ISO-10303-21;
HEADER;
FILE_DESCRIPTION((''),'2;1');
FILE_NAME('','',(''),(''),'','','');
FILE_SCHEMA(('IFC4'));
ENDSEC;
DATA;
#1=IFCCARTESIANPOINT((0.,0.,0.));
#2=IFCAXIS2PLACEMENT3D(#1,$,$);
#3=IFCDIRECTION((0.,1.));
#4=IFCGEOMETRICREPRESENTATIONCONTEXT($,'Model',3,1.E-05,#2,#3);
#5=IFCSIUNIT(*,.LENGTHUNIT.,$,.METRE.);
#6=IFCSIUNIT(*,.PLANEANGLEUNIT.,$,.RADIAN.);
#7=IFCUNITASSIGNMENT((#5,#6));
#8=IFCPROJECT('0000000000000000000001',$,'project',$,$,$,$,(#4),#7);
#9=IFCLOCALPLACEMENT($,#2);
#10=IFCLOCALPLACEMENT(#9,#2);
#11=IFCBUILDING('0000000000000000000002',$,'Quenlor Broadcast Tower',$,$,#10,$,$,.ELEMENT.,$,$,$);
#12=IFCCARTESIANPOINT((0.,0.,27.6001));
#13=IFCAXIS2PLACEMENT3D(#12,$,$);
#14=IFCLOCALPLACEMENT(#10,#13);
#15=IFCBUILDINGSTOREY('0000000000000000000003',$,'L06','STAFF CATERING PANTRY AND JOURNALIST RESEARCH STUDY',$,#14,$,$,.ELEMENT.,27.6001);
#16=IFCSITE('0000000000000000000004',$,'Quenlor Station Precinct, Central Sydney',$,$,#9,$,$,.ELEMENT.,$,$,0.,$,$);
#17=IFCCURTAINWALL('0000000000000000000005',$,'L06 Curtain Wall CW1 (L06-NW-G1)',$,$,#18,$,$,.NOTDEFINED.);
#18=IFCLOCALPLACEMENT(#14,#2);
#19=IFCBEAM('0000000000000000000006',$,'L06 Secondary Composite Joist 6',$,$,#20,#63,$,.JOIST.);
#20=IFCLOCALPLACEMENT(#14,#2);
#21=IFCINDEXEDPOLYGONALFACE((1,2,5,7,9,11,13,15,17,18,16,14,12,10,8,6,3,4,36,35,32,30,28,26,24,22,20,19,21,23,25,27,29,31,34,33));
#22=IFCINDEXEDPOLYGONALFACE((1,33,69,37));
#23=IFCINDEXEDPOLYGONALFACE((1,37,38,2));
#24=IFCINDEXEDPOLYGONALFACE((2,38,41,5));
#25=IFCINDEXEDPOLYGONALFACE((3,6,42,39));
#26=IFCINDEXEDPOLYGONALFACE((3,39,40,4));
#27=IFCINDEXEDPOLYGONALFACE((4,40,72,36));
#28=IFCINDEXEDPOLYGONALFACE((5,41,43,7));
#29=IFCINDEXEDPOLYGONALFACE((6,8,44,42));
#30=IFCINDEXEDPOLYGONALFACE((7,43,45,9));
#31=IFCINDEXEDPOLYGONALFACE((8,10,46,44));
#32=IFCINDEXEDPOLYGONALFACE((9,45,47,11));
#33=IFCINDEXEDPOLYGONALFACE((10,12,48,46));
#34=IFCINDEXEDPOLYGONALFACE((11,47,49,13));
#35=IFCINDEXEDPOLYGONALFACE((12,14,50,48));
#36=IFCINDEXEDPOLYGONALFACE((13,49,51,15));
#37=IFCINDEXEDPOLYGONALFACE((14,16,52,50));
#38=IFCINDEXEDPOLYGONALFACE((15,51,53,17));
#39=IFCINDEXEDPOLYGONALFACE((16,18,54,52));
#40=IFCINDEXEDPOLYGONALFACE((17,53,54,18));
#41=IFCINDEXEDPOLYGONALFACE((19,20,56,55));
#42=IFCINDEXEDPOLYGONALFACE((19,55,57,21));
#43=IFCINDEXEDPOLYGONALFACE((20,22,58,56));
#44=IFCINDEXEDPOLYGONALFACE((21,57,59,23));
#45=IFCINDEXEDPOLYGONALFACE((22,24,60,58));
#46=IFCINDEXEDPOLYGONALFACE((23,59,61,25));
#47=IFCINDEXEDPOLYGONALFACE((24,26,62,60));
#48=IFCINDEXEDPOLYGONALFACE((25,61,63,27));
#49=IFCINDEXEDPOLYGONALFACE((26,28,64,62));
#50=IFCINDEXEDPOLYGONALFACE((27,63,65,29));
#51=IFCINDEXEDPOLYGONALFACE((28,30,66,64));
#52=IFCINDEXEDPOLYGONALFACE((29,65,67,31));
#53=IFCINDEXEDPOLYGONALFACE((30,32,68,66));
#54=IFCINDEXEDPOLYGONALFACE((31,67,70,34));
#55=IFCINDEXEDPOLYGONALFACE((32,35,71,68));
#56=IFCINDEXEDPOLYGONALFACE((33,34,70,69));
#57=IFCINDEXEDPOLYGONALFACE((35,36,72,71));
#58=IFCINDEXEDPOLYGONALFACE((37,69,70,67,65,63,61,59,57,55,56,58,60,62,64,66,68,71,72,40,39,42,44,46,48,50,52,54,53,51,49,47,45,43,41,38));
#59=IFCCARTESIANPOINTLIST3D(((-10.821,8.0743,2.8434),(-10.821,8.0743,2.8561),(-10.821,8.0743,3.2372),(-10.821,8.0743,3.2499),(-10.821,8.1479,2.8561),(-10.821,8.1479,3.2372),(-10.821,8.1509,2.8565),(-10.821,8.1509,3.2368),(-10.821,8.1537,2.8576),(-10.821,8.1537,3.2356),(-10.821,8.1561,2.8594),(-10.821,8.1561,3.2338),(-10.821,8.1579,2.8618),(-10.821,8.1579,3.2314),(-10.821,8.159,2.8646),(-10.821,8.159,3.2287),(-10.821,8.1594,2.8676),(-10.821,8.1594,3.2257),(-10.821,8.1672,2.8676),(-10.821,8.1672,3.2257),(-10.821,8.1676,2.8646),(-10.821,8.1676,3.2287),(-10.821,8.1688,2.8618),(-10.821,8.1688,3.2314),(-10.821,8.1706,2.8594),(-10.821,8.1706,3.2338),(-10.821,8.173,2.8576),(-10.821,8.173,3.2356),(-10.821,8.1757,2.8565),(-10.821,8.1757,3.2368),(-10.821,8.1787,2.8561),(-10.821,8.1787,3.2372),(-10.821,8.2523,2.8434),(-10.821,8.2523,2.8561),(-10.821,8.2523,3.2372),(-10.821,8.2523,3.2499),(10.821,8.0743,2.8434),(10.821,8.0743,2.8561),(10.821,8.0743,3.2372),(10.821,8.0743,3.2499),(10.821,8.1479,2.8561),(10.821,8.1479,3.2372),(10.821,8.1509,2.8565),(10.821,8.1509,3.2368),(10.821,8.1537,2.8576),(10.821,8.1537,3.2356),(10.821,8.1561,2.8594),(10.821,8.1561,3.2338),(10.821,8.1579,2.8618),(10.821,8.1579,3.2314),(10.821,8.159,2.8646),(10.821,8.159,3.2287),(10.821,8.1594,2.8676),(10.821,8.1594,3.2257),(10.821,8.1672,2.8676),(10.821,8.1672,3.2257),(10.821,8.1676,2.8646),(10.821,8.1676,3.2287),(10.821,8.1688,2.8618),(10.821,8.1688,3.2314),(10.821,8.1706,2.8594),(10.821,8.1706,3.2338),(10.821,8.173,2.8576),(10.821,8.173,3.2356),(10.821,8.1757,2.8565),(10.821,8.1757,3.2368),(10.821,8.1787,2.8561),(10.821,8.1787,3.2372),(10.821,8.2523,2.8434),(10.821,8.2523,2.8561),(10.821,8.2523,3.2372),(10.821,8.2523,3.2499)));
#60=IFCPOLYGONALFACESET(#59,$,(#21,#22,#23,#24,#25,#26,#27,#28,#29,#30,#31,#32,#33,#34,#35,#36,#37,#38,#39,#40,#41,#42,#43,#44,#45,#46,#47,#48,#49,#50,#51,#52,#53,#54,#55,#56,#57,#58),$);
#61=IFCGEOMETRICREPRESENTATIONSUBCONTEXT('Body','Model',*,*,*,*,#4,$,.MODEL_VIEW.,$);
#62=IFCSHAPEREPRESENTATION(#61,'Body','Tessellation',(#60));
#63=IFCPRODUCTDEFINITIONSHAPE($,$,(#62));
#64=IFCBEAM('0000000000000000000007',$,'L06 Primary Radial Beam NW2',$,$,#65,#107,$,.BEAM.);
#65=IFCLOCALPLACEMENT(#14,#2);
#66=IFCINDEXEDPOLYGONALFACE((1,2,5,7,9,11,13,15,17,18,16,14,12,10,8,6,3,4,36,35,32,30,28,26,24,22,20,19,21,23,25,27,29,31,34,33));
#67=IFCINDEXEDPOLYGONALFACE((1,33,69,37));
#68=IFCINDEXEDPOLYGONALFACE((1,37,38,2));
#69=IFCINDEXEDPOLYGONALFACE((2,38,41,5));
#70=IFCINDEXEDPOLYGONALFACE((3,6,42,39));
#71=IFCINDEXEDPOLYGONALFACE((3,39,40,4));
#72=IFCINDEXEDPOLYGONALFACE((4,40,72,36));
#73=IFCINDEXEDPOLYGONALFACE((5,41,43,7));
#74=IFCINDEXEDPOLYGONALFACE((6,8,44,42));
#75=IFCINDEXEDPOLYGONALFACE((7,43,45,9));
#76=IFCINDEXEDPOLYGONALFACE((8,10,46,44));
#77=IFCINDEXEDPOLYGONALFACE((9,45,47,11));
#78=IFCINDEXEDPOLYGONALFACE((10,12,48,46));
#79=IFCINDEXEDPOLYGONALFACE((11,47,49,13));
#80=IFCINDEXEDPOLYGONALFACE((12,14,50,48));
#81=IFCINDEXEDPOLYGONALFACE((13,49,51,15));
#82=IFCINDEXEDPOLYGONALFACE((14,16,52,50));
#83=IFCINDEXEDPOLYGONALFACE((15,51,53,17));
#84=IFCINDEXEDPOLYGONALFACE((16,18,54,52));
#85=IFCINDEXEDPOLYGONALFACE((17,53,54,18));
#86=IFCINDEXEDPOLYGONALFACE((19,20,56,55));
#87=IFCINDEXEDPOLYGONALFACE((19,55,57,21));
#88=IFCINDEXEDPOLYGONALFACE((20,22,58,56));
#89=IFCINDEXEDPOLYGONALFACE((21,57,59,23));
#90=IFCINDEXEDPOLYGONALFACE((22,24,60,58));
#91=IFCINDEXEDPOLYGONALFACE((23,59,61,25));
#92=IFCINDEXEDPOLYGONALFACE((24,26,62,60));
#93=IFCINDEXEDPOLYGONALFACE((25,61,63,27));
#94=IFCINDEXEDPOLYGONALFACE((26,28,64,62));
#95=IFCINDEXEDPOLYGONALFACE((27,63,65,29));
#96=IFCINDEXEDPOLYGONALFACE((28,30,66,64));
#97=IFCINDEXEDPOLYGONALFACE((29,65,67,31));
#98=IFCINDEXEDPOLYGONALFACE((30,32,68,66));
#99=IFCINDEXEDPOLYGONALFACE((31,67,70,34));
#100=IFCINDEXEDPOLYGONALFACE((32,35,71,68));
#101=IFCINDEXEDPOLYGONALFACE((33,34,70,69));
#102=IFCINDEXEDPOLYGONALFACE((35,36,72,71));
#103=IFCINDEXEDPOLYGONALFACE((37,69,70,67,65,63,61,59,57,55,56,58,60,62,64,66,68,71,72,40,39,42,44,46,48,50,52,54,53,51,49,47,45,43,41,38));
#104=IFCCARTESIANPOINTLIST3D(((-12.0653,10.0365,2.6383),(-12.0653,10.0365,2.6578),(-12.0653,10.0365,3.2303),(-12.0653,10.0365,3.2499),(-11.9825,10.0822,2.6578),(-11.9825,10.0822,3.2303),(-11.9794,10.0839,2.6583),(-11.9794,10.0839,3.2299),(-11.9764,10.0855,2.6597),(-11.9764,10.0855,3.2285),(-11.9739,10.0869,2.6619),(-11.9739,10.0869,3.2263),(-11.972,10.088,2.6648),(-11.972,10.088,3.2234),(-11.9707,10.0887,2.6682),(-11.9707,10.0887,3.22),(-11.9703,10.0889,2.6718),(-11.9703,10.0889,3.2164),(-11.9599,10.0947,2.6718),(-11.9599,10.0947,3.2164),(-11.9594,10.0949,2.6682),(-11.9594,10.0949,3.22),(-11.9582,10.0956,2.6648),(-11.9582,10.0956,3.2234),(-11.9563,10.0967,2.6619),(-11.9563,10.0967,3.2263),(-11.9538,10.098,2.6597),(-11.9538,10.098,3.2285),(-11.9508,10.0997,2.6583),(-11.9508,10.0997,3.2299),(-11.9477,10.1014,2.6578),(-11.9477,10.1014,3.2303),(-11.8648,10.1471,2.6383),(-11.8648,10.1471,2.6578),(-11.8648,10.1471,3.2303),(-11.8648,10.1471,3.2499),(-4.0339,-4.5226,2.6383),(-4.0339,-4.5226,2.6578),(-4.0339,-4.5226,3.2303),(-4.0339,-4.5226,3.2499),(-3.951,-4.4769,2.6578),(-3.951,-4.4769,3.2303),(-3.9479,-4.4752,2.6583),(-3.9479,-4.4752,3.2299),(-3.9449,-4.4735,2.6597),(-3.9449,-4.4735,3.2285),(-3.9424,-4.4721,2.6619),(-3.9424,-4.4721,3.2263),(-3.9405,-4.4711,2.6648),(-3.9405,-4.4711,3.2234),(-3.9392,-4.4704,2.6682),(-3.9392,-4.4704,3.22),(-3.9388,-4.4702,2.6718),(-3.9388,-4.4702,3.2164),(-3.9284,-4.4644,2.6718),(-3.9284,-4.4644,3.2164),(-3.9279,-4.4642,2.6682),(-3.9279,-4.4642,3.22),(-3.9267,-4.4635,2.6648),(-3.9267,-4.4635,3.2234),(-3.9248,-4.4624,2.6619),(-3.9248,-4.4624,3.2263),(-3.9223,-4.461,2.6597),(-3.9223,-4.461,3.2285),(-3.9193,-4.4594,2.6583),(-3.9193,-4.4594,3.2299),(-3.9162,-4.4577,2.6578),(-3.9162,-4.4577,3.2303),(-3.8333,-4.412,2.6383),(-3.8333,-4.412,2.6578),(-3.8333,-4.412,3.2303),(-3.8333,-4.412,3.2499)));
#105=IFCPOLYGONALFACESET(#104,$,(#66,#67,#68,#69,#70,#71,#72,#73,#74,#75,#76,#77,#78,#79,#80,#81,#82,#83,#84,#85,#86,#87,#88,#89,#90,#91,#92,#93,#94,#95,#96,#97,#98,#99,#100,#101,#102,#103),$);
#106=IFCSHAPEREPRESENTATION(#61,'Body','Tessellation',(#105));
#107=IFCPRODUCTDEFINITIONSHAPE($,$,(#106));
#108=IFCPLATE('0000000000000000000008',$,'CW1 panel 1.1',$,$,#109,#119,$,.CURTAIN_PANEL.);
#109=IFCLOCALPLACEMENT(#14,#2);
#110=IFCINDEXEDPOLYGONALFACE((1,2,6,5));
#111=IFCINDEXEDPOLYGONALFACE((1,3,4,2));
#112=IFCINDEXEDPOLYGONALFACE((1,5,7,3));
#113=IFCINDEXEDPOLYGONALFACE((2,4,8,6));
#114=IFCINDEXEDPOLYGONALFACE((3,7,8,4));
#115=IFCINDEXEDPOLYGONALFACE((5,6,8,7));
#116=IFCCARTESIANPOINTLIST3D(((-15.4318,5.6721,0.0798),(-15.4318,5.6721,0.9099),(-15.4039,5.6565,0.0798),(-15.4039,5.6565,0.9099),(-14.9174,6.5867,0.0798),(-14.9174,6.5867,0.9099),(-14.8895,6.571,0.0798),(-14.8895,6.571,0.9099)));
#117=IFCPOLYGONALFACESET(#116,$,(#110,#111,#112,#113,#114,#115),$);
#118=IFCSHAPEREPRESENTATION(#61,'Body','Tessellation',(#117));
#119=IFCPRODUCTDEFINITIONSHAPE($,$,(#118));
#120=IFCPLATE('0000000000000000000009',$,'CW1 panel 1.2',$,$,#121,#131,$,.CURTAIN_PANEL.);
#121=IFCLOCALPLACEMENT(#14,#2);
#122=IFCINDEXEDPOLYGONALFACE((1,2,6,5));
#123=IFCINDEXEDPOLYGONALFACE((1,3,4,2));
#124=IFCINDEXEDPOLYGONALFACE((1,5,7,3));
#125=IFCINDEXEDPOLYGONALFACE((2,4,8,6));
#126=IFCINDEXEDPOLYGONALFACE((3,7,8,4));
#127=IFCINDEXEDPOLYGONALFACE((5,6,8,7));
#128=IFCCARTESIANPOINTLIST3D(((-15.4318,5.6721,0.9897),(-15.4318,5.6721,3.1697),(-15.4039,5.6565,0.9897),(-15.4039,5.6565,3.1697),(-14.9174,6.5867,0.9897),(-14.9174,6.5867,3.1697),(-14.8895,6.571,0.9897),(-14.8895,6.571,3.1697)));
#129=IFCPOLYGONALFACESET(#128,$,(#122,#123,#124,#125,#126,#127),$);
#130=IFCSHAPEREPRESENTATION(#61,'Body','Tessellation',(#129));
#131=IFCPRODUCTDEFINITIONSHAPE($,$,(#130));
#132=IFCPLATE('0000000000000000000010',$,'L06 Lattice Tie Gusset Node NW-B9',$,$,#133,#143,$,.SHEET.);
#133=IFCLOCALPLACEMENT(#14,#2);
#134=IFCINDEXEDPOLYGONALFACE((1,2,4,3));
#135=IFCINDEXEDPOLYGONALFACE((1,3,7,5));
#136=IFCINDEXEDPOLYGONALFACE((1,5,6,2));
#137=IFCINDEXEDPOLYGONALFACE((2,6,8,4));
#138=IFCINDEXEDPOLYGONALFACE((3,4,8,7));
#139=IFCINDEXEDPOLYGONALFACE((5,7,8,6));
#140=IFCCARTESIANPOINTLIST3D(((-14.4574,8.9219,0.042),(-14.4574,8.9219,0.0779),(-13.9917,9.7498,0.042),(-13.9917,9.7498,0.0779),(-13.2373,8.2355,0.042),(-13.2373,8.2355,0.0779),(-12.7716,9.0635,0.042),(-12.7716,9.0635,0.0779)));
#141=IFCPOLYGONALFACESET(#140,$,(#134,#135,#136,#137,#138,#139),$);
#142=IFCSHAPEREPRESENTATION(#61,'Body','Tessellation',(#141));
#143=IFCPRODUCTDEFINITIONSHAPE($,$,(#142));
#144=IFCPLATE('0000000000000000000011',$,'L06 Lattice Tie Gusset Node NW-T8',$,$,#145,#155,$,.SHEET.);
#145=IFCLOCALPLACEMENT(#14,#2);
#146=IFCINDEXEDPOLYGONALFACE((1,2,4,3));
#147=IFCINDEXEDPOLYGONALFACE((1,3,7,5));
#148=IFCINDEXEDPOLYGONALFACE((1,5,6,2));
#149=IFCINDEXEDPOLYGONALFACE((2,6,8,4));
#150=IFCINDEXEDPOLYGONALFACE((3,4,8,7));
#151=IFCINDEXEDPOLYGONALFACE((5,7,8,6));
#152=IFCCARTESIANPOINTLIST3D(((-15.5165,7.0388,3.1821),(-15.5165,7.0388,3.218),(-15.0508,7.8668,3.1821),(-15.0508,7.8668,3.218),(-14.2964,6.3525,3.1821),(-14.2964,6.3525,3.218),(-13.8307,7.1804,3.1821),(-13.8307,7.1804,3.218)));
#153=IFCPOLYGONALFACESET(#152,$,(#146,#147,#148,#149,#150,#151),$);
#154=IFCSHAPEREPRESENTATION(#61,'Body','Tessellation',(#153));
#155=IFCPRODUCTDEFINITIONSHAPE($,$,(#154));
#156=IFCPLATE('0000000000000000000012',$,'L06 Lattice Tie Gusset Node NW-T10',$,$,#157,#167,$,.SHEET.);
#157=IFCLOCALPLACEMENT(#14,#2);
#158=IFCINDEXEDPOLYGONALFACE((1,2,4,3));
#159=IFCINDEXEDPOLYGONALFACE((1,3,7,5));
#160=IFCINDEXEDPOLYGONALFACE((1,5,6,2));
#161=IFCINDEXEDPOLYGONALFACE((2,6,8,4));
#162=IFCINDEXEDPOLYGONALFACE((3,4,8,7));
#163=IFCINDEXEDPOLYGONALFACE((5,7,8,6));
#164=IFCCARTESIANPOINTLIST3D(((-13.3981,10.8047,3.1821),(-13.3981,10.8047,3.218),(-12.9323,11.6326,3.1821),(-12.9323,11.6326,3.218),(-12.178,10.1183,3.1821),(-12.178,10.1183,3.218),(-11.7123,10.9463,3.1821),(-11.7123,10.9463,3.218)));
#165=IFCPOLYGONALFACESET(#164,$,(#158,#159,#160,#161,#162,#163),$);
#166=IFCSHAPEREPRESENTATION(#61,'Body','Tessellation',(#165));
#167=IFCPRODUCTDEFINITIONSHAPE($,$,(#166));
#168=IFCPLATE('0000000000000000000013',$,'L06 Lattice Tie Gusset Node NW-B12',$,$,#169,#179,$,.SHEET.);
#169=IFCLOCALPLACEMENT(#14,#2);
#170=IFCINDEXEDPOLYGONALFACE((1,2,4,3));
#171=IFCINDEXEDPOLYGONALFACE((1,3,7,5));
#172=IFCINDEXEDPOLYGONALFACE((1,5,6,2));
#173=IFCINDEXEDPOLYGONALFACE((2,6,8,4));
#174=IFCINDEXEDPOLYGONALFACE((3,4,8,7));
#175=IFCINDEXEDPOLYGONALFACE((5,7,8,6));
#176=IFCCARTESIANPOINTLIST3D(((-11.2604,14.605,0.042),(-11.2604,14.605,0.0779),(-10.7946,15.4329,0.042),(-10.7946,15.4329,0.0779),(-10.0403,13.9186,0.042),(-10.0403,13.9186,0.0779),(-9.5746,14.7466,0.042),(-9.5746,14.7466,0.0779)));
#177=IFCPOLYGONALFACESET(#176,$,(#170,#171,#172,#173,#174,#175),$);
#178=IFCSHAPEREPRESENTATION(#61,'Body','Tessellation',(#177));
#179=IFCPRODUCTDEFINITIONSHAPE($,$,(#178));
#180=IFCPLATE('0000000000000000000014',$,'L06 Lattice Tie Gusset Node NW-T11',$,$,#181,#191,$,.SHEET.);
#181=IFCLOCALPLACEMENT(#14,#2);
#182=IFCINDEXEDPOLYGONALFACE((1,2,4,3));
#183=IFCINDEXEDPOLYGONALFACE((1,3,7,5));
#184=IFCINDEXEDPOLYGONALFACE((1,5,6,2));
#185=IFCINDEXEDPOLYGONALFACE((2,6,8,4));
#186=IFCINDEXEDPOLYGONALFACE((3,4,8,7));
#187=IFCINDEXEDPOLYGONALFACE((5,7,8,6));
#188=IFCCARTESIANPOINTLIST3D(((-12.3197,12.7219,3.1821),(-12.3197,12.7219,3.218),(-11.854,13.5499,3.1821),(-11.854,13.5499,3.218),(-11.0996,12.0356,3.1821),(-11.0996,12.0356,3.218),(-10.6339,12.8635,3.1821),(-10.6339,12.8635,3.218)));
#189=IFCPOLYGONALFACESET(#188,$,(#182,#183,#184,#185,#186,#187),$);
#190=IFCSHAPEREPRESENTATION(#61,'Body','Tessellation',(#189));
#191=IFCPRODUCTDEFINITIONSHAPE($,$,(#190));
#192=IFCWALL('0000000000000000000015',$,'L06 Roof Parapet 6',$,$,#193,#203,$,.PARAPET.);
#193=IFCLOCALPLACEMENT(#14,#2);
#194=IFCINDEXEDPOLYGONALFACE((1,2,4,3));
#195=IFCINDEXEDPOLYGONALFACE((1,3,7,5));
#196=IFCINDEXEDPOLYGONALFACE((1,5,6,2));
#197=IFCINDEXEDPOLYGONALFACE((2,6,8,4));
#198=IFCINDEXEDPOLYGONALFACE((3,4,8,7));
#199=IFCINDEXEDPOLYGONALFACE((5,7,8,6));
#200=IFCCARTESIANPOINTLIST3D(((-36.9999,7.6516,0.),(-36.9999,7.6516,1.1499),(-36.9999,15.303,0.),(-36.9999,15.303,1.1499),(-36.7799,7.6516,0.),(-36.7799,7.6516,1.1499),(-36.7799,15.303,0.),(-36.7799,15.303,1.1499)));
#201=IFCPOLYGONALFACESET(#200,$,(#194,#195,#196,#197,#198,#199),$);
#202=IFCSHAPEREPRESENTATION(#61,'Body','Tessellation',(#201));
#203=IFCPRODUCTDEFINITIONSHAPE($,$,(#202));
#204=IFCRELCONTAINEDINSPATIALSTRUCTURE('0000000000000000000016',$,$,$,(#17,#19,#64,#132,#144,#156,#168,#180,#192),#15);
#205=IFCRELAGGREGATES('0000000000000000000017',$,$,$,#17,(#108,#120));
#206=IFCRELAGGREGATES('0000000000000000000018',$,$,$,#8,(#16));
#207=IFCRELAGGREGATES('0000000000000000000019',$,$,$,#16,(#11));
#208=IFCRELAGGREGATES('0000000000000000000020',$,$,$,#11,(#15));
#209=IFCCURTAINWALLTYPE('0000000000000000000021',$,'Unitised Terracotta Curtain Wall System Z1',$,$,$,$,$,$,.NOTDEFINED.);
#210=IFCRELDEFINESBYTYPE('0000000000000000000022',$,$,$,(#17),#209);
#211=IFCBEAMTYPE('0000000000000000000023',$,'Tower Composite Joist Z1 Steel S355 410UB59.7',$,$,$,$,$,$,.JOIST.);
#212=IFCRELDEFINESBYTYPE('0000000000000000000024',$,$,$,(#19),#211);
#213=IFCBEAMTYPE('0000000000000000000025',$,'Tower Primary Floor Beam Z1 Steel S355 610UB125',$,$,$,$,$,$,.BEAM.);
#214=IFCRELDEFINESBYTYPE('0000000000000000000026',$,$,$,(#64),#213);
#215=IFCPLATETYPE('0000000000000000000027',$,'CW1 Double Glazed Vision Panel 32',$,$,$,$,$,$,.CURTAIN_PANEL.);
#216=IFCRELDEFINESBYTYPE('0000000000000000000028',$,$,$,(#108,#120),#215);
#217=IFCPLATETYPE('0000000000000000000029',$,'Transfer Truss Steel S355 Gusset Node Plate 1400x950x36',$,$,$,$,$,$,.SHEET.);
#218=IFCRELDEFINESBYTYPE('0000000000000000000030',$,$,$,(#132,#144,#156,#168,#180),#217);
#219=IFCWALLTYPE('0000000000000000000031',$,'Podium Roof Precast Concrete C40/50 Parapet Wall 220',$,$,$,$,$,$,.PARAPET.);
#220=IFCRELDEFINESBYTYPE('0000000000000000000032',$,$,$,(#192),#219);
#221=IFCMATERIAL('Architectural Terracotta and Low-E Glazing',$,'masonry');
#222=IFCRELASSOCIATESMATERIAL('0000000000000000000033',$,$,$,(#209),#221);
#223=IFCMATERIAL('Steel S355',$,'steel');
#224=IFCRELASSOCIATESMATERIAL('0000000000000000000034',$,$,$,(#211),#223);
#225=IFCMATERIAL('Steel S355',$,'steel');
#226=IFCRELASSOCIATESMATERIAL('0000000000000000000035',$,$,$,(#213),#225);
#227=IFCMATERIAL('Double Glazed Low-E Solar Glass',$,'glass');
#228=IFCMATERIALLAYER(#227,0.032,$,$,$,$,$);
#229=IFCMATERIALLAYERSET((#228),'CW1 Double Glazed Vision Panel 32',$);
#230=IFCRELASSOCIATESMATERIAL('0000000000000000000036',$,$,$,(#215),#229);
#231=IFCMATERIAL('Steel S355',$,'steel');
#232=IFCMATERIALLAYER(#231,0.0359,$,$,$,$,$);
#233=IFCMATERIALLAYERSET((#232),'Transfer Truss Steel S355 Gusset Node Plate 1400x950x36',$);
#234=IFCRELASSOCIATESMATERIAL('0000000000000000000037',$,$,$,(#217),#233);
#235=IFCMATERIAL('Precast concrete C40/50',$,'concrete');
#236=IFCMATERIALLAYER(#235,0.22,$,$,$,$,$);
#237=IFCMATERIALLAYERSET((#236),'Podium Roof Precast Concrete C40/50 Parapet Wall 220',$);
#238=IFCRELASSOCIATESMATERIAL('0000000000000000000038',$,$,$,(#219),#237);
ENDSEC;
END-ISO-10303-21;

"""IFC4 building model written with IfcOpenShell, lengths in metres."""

from ifc_helpers import new_model, si_unit, direction, frame, frame_2d, origin, origin_2d, place, context, subcontext, project, spatial, rectangle, i_section, extrude, material, layer, layer_set, material_profile, profile_set, type_object, element, aggregate, save


model = new_model("IFC4")

# Units and contexts
model_context = context("Model", 3, precision=1e-05, world=origin(), true_north=direction((0.0, 1.0)))
body_context = subcontext(model_context, "Body", "Model", "MODEL_VIEW")
ifc_project = project(units=[si_unit("LENGTHUNIT", "METRE"), si_unit("PLANEANGLEUNIT", "RADIAN")], contexts=[model_context])

# Site, building, storey
site_placement = place(None, origin())
site = spatial("IfcSite", under=ifc_project, at=site_placement, Name="Quenlor Station Precinct, Central Sydney", CompositionType="ELEMENT", RefElevation=0.0)
building_placement = place(site_placement, origin())
building = spatial("IfcBuilding", under=site, at=building_placement, Name="Quenlor Broadcast Tower", CompositionType="ELEMENT")
storey_placement = place(building_placement, frame((0.0, 0.0, 27.6001)))
storey = spatial("IfcBuildingStorey", under=building, at=storey_placement, Name="L06", Description="STAFF CATERING PANTRY AND JOURNALIST RESEARCH STUDY", CompositionType="ELEMENT", Elevation=27.6001)

# Curtain wall
ifc_material_1 = material(Name="Architectural Terracotta and Low-E Glazing", Category="masonry")
curtain_wall_type = type_object("IfcCurtainWallType", Name="Unitised Terracotta Curtain Wall System Z1", PredefinedType="NOTDEFINED", material=ifc_material_1)
curtain_wall_placement = place(storey_placement, origin())
curtain_wall = element("IfcCurtainWall", 1, at=curtain_wall_placement, inside=storey, type_object=curtain_wall_type, Name="L06 Curtain Wall CW1 (L06-NW-G1)", PredefinedType="NOTDEFINED")

# Beams
ifc_material_2 = material(Name="Steel S355", Category="steel")
ifc_material_profile_1 = material_profile(ifc_material_2, i_section(OverallWidth=0.178, OverallDepth=0.4065, WebThickness=0.0078, FlangeThickness=0.0127, FilletRadius=0.0115, at=origin_2d()))
ifc_profile_set_1 = profile_set([ifc_material_profile_1], Name="Steel S355 410UB59.7")
beam_type_1 = type_object("IfcBeamType", Name="Tower Composite Joist Z1 Steel S355 410UB59.7", PredefinedType="JOIST", material=ifc_profile_set_1)
beam_1_placement = place(storey_placement, frame((-10.821, 8.1633, 3.0466), z_axis=(1.0, 0.0, 0.0), x_axis=(0.0, 1.0, 0.0)))
element("IfcBeam", 2, at=beam_1_placement, inside=storey, type_object=beam_type_1, Name="L06 Secondary Composite Joist 6", PredefinedType="JOIST", context=body_context, shape_type="SweptSolid", body=[
    extrude(i_section(OverallWidth=0.178, OverallDepth=0.4065, WebThickness=0.0078, FlangeThickness=0.0127, FilletRadius=0.0115, at=origin_2d()), origin(), (0.0, 0.0, 1.0), 21.6421),
])
ifc_material_3 = material(Name="Steel S355", Category="steel")
ifc_material_profile_2 = material_profile(ifc_material_3, i_section(OverallWidth=0.229, OverallDepth=0.6116, WebThickness=0.012, FlangeThickness=0.0195, FilletRadius=0.0139, at=origin_2d()))
ifc_profile_set_2 = profile_set([ifc_material_profile_2], Name="Steel S355 610UB125")
beam_type_2 = type_object("IfcBeamType", Name="Tower Primary Floor Beam Z1 Steel S355 610UB125", PredefinedType="BEAM", material=ifc_profile_set_2)
beam_2_placement = place(storey_placement, frame((-11.9651, 10.0918, 2.9441), z_axis=(0.483026, -0.875606, 0.0), x_axis=(0.875606, 0.483026, 0.0)))
element("IfcBeam", 3, at=beam_2_placement, inside=storey, type_object=beam_type_2, Name="L06 Primary Radial Beam NW2", PredefinedType="BEAM", context=body_context, shape_type="SweptSolid", body=[
    extrude(i_section(OverallWidth=0.229, OverallDepth=0.6116, WebThickness=0.012, FlangeThickness=0.0195, FilletRadius=0.0139, at=origin_2d()), origin(), (0.0, 0.0, 1.0), 16.6274),
])

# Plates
ifc_material_4 = material(Name="Double Glazed Low-E Solar Glass", Category="glass")
ifc_layer_1 = layer(ifc_material_4, 0.032)
ifc_layer_set_1 = layer_set([ifc_layer_1], Name="CW1 Double Glazed Vision Panel 32")
plate_type_1 = type_object("IfcPlateType", Name="CW1 Double Glazed Vision Panel 32", PredefinedType="CURTAIN_PANEL", material=ifc_layer_set_1)
plate_1_placement = place(storey_placement, frame((-15.1606, 6.1216, 0.0798), z_axis=(0.0, 0.0, 1.0), x_axis=(0.490277, 0.871567, 0.0)))
plate_1 = element("IfcPlate", 4, at=plate_1_placement, type_object=plate_type_1, Name="CW1 panel 1.1", PredefinedType="CURTAIN_PANEL", context=body_context, shape_type="SweptSolid", body=[
    extrude(rectangle(XDim=1.0493, YDim=0.032, at=origin_2d()), origin(), (0.0, 0.0, 1.0), 0.8301),
])
plate_2_placement = place(storey_placement, frame((-15.1606, 6.1216, 0.9897), z_axis=(0.0, 0.0, 1.0), x_axis=(0.490277, 0.871567, 0.0)))
plate_2 = element("IfcPlate", 5, at=plate_2_placement, type_object=plate_type_1, Name="CW1 panel 1.2", PredefinedType="CURTAIN_PANEL", context=body_context, shape_type="SweptSolid", body=[
    extrude(rectangle(XDim=1.0493, YDim=0.032, at=origin_2d()), origin(), (0.0, 0.0, 1.0), 2.1799),
])
aggregate(curtain_wall, [plate_1, plate_2])

# Plates
ifc_material_5 = material(Name="Steel S355", Category="steel")
ifc_layer_2 = layer(ifc_material_5, 0.0359)
ifc_layer_set_2 = layer_set([ifc_layer_2], Name="Transfer Truss Steel S355 Gusset Node Plate 1400x950x36")
plate_type_2 = type_object("IfcPlateType", Name="Transfer Truss Steel S355 Gusset Node Plate 1400x950x36", PredefinedType="SHEET", material=ifc_layer_set_2)
for number, where, z_axis, x_axis, name in (
    (6, (-13.6145, 8.9927, 0.042), (0.0, 0.0, 1.0), (-0.871556, 0.490295, 0.0), "L06 Lattice Tie Gusset Node NW-B9"),
    (7, (-14.6736, 7.1096, 3.1821), (0.0, 0.0, 1.0), (-0.871556, 0.490295, 0.0), "L06 Lattice Tie Gusset Node NW-T8"),
    (8, (-12.5552, 10.8755, 3.1821), (0.0, 0.0, 1.0), (-0.871556, 0.490295, 0.0), "L06 Lattice Tie Gusset Node NW-T10"),
    (9, (-10.4175, 14.6758, 0.042), (0.0, 0.0, 1.0), (-0.871556, 0.490295, 0.0), "L06 Lattice Tie Gusset Node NW-B12"),
    (10, (-11.4768, 12.7927, 3.1821), (0.0, 0.0, 1.0), (-0.871556, 0.490295, 0.0), "L06 Lattice Tie Gusset Node NW-T11"),
):
    element("IfcPlate", number, at=place(storey_placement, frame(where, z_axis=z_axis, x_axis=x_axis)), inside=storey, type_object=plate_type_2, Name=name, PredefinedType="SHEET", context=body_context, shape_type="SweptSolid", body=[
        extrude(rectangle(XDim=1.3999, YDim=0.95, at=origin_2d()), origin(), (0.0, 0.0, 1.0), 0.0359),
    ])

# Wall
ifc_material_6 = material(Name="Precast concrete C40/50", Category="concrete")
ifc_layer_3 = layer(ifc_material_6, 0.22)
ifc_layer_set_3 = layer_set([ifc_layer_3], Name="Podium Roof Precast Concrete C40/50 Parapet Wall 220")
wall_type_1 = type_object("IfcWallType", Name="Podium Roof Precast Concrete C40/50 Parapet Wall 220", PredefinedType="PARAPET", material=ifc_layer_set_3)
for number, where, z_axis, x_axis, name in (
    (11, (-36.8899, 7.6516, 0.0), (0.0, 0.0, 1.0), (0.0, 1.0, 0.0), "L06 Roof Parapet 6"),
):
    element("IfcWall", number, at=place(storey_placement, frame(where, z_axis=z_axis, x_axis=x_axis)), inside=storey, type_object=wall_type_1, Name=name, PredefinedType="PARAPET", context=body_context, shape_type="SweptSolid", body=[
        extrude(rectangle(XDim=7.6514, YDim=0.22, at=frame_2d((3.8257, 0.0))), origin(), (0.0, 0.0, 1.0), 1.1499),
    ])

save(model, "model.ifc")
